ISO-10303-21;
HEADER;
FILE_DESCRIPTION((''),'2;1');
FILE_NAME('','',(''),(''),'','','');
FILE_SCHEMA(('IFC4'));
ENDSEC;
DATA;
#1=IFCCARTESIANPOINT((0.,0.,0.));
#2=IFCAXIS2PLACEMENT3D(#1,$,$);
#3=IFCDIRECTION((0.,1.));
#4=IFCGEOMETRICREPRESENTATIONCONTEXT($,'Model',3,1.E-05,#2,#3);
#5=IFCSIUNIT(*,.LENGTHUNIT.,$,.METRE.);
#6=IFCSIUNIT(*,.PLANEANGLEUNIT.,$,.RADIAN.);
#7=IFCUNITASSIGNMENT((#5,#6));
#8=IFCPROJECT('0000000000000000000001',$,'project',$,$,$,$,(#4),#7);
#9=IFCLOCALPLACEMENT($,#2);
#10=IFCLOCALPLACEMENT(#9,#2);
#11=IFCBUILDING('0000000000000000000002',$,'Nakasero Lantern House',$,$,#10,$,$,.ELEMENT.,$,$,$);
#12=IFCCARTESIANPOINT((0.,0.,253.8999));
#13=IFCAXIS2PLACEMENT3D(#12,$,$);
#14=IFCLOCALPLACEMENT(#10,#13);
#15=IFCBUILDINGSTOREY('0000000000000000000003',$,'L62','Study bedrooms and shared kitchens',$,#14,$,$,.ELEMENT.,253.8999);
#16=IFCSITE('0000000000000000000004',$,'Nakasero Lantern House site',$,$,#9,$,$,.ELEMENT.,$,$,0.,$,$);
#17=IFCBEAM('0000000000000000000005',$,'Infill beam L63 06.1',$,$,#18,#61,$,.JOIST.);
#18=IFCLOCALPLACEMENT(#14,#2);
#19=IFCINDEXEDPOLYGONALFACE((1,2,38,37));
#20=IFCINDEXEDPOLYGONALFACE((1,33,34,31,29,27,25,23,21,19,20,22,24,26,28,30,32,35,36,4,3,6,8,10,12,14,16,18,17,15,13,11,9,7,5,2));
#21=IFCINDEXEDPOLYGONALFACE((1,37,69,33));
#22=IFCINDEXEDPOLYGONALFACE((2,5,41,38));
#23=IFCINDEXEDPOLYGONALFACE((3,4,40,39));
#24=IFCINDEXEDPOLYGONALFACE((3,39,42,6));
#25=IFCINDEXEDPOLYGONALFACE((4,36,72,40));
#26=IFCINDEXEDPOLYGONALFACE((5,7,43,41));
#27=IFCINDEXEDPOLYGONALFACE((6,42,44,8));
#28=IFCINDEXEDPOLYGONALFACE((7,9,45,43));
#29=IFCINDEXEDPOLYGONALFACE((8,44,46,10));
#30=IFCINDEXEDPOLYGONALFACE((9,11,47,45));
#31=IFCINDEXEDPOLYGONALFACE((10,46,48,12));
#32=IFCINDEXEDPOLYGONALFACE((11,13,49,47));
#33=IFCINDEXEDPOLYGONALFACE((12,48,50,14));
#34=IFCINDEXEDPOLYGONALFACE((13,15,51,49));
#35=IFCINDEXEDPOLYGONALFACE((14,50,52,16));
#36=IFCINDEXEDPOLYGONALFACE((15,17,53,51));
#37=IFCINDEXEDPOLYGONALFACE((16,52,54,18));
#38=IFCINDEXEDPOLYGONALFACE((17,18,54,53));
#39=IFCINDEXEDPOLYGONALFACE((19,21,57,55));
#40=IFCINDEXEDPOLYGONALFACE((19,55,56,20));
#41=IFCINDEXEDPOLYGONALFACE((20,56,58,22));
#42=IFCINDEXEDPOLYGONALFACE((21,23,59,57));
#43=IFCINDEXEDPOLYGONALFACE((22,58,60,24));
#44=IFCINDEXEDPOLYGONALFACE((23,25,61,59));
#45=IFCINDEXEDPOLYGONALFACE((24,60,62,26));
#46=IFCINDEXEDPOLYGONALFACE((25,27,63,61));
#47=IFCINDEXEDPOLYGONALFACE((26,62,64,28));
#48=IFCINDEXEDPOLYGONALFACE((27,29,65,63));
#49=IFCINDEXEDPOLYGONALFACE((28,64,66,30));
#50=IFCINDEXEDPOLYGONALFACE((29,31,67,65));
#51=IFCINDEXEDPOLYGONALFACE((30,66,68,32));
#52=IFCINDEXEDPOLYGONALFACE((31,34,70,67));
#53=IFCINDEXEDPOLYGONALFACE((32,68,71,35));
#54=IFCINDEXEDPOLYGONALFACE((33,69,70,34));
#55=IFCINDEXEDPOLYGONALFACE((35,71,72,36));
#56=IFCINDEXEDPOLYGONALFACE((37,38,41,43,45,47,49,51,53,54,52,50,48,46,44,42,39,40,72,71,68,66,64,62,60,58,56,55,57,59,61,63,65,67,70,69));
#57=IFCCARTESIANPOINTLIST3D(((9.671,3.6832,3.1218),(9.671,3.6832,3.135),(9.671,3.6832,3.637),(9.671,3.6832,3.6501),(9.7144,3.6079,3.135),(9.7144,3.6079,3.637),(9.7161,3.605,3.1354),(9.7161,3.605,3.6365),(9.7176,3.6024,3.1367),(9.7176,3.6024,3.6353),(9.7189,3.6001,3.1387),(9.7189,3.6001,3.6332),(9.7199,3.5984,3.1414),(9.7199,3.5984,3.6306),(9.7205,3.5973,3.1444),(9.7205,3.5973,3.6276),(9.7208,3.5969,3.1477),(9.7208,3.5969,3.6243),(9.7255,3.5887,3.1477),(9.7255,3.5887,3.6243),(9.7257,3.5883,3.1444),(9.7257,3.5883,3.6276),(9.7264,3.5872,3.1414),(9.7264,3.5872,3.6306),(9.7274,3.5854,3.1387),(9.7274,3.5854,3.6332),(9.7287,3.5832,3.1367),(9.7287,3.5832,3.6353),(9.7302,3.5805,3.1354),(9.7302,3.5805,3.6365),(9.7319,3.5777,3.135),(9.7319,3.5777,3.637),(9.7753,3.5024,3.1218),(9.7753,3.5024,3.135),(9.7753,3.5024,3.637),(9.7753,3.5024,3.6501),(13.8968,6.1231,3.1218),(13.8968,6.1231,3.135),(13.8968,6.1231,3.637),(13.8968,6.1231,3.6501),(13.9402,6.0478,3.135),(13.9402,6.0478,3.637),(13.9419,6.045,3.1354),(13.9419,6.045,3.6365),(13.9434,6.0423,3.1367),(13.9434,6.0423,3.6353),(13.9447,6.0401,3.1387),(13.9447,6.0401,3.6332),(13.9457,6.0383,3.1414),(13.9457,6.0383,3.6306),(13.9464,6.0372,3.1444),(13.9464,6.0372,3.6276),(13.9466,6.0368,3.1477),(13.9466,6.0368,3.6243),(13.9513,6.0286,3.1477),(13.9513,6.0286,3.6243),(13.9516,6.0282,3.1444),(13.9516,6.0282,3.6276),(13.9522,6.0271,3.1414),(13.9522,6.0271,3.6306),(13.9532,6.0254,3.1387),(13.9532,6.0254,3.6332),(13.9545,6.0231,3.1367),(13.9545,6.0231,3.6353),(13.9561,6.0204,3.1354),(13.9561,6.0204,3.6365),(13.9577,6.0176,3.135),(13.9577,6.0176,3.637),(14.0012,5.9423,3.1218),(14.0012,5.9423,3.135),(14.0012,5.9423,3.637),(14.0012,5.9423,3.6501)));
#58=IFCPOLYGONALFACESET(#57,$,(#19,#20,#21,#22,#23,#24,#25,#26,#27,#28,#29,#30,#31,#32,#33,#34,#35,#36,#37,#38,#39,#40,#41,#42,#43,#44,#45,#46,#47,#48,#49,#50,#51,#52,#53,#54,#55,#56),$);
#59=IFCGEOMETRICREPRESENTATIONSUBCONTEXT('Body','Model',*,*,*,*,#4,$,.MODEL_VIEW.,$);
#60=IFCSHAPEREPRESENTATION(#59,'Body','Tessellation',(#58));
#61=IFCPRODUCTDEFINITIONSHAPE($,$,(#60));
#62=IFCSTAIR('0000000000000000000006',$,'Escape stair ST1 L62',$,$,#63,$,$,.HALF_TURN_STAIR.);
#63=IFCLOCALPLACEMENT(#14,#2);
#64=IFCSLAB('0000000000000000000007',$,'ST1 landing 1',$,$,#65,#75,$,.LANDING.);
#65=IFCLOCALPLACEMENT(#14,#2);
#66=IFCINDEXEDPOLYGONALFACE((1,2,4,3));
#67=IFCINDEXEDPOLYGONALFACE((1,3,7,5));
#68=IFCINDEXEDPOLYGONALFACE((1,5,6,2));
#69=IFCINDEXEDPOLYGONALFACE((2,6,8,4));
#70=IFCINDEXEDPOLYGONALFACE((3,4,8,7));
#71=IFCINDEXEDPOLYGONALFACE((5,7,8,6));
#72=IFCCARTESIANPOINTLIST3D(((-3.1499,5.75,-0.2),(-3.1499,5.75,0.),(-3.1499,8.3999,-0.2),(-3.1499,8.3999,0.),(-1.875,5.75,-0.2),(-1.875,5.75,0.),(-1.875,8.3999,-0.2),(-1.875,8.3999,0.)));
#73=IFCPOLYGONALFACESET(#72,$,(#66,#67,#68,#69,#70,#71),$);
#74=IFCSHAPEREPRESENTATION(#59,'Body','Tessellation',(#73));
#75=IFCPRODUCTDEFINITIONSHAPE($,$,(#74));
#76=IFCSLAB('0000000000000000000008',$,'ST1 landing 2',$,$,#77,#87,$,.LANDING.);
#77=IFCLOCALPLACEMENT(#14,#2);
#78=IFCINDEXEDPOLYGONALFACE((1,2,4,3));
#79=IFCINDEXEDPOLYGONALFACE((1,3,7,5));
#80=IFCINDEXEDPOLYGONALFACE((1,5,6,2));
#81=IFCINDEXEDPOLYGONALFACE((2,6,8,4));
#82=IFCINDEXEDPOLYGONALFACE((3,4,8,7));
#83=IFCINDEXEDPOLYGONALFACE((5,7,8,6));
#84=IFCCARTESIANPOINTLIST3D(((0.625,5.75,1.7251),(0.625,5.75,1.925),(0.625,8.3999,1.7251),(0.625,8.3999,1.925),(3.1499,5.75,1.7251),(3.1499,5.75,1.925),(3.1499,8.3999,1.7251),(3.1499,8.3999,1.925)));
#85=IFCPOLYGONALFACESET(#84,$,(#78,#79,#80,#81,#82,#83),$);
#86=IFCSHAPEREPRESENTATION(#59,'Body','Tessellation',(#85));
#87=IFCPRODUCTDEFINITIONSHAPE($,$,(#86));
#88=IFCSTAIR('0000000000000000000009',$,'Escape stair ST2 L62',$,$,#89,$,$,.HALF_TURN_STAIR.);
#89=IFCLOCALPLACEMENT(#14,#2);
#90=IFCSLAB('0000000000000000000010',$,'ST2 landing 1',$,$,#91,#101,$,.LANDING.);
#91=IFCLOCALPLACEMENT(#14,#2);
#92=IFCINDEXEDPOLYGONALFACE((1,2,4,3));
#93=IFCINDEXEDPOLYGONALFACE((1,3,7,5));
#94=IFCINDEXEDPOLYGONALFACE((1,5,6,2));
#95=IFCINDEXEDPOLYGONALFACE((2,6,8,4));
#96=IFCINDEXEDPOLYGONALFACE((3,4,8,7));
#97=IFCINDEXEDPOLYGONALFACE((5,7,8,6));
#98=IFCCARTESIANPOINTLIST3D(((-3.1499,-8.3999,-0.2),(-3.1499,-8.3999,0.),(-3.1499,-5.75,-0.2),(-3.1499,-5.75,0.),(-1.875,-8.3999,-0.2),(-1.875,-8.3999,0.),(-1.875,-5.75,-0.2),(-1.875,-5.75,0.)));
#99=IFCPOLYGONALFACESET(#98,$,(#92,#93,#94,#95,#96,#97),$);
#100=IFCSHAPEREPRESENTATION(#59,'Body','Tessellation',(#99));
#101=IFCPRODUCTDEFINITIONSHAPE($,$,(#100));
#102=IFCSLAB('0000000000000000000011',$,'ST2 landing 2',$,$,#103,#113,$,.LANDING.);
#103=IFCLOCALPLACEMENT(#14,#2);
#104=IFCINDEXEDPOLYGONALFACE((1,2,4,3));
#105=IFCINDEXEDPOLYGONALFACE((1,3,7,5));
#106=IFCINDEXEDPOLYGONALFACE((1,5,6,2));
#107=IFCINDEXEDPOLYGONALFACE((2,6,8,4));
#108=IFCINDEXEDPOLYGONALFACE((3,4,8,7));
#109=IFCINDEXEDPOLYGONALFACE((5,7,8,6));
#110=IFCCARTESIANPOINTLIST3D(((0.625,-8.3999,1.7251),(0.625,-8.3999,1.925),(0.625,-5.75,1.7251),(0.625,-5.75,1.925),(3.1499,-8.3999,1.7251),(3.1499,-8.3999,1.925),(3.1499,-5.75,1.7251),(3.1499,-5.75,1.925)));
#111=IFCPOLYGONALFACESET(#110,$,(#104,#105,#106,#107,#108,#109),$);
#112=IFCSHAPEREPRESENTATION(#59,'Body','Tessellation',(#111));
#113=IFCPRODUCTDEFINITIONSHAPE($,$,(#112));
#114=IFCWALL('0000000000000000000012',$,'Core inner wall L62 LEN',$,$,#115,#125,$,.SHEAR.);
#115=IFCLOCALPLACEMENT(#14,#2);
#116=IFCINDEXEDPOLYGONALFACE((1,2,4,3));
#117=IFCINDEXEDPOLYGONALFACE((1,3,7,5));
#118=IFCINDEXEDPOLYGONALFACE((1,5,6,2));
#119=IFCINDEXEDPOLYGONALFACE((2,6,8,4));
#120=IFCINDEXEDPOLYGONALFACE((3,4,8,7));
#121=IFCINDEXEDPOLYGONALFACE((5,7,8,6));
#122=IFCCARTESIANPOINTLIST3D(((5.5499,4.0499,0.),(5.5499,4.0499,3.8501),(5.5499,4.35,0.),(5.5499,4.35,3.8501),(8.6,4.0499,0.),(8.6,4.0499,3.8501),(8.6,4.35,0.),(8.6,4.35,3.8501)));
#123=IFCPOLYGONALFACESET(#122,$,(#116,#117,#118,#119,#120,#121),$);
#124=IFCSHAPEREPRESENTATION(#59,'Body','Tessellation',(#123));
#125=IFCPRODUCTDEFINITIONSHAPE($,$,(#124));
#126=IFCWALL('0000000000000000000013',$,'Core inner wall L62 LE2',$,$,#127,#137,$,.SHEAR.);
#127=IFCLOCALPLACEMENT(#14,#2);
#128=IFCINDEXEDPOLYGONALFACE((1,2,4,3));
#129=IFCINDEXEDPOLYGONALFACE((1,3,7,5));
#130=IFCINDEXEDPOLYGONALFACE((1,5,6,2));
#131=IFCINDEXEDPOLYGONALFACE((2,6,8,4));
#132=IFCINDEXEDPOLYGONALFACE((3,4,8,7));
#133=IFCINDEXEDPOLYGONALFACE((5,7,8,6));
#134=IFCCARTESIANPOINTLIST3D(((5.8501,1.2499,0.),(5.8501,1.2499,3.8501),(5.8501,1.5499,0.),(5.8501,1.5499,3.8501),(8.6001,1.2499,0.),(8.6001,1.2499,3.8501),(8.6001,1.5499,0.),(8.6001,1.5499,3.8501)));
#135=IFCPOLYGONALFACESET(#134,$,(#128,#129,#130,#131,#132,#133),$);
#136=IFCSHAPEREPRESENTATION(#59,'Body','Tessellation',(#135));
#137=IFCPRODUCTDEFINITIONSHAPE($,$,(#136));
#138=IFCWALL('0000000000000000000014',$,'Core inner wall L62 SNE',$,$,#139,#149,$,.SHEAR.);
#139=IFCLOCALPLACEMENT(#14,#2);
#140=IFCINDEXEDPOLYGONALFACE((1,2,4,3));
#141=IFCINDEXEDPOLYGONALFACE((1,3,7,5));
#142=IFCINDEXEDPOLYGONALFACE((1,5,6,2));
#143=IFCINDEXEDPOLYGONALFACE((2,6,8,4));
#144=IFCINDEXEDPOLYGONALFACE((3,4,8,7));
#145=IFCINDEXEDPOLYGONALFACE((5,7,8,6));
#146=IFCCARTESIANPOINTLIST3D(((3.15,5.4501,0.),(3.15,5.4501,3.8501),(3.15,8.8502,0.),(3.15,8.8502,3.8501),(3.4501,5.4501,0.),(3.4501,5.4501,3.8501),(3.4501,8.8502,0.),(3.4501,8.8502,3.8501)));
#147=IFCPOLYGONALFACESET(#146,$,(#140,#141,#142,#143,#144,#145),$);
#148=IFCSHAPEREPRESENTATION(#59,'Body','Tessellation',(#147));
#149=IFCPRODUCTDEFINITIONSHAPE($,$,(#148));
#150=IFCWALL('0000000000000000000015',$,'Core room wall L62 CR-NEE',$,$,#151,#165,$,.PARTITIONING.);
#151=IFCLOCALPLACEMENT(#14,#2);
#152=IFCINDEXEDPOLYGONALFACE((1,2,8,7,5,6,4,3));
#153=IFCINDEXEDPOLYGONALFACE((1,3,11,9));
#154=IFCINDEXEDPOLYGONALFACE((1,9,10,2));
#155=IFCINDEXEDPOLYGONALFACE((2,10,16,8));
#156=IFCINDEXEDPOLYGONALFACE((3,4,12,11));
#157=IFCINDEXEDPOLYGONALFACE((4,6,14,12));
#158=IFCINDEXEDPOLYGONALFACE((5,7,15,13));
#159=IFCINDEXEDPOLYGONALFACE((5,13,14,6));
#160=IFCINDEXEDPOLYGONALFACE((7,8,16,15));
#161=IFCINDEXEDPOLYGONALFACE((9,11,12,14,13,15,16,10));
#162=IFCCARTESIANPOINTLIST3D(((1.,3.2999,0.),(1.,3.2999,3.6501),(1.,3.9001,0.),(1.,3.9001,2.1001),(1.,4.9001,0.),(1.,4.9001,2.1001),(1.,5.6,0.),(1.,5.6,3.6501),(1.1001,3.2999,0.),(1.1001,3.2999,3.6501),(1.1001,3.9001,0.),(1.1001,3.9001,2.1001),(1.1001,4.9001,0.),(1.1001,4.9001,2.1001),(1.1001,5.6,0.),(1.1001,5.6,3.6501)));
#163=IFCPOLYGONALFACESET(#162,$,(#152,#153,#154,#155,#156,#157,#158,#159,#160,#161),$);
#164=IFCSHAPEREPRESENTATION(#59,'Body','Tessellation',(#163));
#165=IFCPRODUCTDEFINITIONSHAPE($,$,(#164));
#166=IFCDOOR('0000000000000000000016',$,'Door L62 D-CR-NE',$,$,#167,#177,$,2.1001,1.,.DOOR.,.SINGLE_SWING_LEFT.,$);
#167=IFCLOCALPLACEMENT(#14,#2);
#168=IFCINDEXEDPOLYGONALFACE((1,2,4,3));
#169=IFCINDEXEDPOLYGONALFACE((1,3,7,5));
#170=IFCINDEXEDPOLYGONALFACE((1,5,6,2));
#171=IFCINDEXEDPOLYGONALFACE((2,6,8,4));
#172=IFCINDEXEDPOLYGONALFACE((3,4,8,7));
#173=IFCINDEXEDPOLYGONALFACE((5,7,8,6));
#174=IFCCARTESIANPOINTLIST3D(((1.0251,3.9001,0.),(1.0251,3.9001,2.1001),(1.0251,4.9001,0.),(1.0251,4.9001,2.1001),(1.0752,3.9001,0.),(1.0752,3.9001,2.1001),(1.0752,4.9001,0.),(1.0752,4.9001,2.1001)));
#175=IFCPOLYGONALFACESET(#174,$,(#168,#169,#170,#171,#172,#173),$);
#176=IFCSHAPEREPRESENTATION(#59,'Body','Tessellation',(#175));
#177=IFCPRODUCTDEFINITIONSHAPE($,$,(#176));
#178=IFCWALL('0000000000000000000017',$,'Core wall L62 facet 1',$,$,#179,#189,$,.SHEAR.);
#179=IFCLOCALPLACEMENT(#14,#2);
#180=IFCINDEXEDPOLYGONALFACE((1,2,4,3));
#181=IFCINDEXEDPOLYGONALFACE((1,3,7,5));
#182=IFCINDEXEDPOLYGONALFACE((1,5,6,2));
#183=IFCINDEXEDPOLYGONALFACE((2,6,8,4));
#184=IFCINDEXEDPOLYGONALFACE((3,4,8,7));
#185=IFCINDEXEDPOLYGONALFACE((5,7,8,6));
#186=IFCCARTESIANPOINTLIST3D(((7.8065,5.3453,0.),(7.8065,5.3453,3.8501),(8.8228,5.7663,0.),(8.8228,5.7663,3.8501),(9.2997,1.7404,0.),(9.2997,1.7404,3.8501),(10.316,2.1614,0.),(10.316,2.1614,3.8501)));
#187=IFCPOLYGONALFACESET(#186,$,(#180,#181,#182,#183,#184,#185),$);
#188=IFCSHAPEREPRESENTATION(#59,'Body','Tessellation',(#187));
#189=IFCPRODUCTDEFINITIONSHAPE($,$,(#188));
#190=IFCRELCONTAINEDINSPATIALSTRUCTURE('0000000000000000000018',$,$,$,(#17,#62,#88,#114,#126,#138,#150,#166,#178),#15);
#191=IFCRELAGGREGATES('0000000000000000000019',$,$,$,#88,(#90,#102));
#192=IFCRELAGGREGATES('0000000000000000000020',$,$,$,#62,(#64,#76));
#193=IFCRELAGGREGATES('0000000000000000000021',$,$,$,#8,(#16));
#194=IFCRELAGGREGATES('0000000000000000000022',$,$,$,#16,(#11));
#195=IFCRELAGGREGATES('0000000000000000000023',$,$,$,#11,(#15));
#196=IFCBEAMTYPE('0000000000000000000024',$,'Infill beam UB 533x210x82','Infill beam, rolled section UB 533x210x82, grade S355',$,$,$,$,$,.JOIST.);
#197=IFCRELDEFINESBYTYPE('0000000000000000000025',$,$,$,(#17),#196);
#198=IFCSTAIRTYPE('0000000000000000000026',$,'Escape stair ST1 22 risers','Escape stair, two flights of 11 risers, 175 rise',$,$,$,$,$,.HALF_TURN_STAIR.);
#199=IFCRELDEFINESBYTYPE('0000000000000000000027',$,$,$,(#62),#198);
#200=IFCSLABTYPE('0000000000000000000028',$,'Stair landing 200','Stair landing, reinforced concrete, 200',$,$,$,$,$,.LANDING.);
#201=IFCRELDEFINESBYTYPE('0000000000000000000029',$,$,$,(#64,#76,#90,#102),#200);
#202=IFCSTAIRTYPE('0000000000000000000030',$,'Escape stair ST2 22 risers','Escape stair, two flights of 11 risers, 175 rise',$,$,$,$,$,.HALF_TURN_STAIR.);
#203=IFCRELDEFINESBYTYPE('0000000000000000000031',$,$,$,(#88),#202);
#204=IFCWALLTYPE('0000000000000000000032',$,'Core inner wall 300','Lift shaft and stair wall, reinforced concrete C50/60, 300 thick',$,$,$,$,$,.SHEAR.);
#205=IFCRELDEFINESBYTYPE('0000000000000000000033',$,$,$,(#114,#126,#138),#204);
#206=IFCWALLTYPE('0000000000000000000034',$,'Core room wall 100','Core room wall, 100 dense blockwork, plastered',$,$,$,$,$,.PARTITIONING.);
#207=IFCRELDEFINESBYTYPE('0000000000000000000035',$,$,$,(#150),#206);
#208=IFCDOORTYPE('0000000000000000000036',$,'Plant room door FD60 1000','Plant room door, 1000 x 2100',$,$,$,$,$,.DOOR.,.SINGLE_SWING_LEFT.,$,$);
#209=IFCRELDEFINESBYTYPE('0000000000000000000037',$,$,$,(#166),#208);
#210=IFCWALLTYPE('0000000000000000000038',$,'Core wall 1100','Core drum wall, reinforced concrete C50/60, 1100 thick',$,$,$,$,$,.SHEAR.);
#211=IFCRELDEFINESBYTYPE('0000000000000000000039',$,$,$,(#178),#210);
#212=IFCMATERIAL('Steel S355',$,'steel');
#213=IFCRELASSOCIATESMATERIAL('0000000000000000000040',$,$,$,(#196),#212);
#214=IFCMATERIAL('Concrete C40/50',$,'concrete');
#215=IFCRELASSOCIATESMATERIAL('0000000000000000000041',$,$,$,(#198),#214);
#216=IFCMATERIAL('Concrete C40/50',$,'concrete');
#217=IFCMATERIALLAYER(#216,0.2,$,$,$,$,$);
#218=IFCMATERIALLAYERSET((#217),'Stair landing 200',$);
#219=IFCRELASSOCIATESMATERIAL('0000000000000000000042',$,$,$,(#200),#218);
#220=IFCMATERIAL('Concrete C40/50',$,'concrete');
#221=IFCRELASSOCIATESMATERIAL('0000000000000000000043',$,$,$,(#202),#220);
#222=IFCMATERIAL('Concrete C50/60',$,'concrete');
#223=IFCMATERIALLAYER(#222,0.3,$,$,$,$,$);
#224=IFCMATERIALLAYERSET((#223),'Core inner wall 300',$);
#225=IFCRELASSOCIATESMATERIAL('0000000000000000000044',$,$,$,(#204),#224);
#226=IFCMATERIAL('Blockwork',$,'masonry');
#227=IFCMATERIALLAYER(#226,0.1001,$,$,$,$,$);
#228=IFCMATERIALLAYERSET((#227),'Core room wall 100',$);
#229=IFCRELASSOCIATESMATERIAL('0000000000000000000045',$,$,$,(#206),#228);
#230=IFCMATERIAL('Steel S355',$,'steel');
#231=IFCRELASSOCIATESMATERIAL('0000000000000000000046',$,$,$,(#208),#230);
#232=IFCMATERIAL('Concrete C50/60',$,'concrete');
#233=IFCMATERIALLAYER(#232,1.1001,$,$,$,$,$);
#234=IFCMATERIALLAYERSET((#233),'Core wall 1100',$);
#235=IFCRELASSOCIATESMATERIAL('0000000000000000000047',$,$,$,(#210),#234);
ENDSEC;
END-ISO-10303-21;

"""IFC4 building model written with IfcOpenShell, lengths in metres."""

from ifc_helpers import new_model, si_unit, direction, frame, frame_2d, origin, origin_2d, place, context, subcontext, project, spatial, polyline, rectangle, i_section, outline, extrude, material, layer, layer_set, material_profile, profile_set, type_object, element, fill, aggregate, save


model = new_model("IFC4")

# Units and contexts
model_context = context("Model", 3, precision=1e-05, world=origin(), true_north=direction((0.0, 1.0)))
body_context = subcontext(model_context, "Body", "Model", "MODEL_VIEW")
ifc_project = project(units=[si_unit("LENGTHUNIT", "METRE"), si_unit("PLANEANGLEUNIT", "RADIAN")], contexts=[model_context])

# Site, building, storey
site_placement = place(None, origin())
site = spatial("IfcSite", under=ifc_project, at=site_placement, Name="Nakasero Lantern House site", CompositionType="ELEMENT", RefElevation=0.0)
building_placement = place(site_placement, origin())
building = spatial("IfcBuilding", under=site, at=building_placement, Name="Nakasero Lantern House", CompositionType="ELEMENT")
storey_placement = place(building_placement, frame((0.0, 0.0, 253.8999)))
storey = spatial("IfcBuildingStorey", under=building, at=storey_placement, Name="L62", Description="Study bedrooms and shared kitchens", CompositionType="ELEMENT", Elevation=253.8999)

# Beam
ifc_material_1 = material(Name="Steel S355", Category="steel")
ifc_material_profile = material_profile(ifc_material_1, i_section(OverallWidth=0.2087, OverallDepth=0.5283, WebThickness=0.0095, FlangeThickness=0.0132, FilletRadius=0.0127, at=origin_2d()), Name="UB 533x210x82")
ifc_profile_set = profile_set([ifc_material_profile], Name="Steel S355")
beam_type = type_object("IfcBeamType", Name="Infill beam UB 533x210x82", Description="Infill beam, rolled section UB 533x210x82, grade S355", PredefinedType="JOIST", material=ifc_profile_set)
beam_placement = place(storey_placement, frame((9.7231, 3.5928, 3.386), z_axis=(0.866011, 0.500024, 0.0), x_axis=(-0.500024, 0.866011, 0.0)))
element("IfcBeam", 1, at=beam_placement, inside=storey, type_object=beam_type, Name="Infill beam L63 06.1", PredefinedType="JOIST", context=body_context, shape_type="SweptSolid", body=[
    extrude(i_section(OverallWidth=0.2087, OverallDepth=0.5283, WebThickness=0.0095, FlangeThickness=0.0132, FilletRadius=0.0127, at=origin_2d()), origin(), (0.0, 0.0, 1.0), 4.8796),
])

# Stairs, slabs
ifc_material_2 = material(Name="Concrete C40/50", Category="concrete")
stair_type_1 = type_object("IfcStairType", Name="Escape stair ST1 22 risers", Description="Escape stair, two flights of 11 risers, 175 rise", PredefinedType="HALF_TURN_STAIR", material=ifc_material_2)
stair_1_placement = place(storey_placement, origin())
stair_1 = element("IfcStair", 2, at=stair_1_placement, inside=storey, type_object=stair_type_1, Name="Escape stair ST1 L62", PredefinedType="HALF_TURN_STAIR")
ifc_material_3 = material(Name="Concrete C40/50", Category="concrete")
ifc_layer_1 = layer(ifc_material_3, 0.2)
ifc_layer_set_1 = layer_set([ifc_layer_1], Name="Stair landing 200")
slab_type = type_object("IfcSlabType", Name="Stair landing 200", Description="Stair landing, reinforced concrete, 200", PredefinedType="LANDING", material=ifc_layer_set_1)
slab_1_placement = place(storey_placement, frame((0.0, 0.0, -0.2)))
slab_1 = element("IfcSlab", 3, at=slab_1_placement, type_object=slab_type, Name="ST1 landing 1", PredefinedType="LANDING", context=body_context, shape_type="SweptSolid", body=[
    extrude(outline(polyline([(-3.1499, 5.75), (-1.875, 5.75), (-1.875, 8.3999), (-3.1499, 8.3999), (-3.1499, 5.75)])), origin(), (0.0, 0.0, 1.0), 0.2),
])
slab_2_placement = place(storey_placement, frame((0.0, 0.0, 1.7251)))
slab_2 = element("IfcSlab", 4, at=slab_2_placement, type_object=slab_type, Name="ST1 landing 2", PredefinedType="LANDING", context=body_context, shape_type="SweptSolid", body=[
    extrude(outline(polyline([(0.625, 5.75), (3.1499, 5.75), (3.1499, 8.3999), (0.625, 8.3999), (0.625, 5.75)])), origin(), (0.0, 0.0, 1.0), 0.2),
])
ifc_material_4 = material(Name="Concrete C40/50", Category="concrete")
stair_type_2 = type_object("IfcStairType", Name="Escape stair ST2 22 risers", Description="Escape stair, two flights of 11 risers, 175 rise", PredefinedType="HALF_TURN_STAIR", material=ifc_material_4)
stair_2_placement = place(storey_placement, origin())
stair_2 = element("IfcStair", 5, at=stair_2_placement, inside=storey, type_object=stair_type_2, Name="Escape stair ST2 L62", PredefinedType="HALF_TURN_STAIR")
slab_3_placement = place(storey_placement, frame((0.0, 0.0, -0.2)))
slab_3 = element("IfcSlab", 6, at=slab_3_placement, type_object=slab_type, Name="ST2 landing 1", PredefinedType="LANDING", context=body_context, shape_type="SweptSolid", body=[
    extrude(outline(polyline([(-3.1499, -8.3999), (-1.875, -8.3999), (-1.875, -5.75), (-3.1499, -5.75), (-3.1499, -8.3999)])), origin(), (0.0, 0.0, 1.0), 0.2),
])
slab_4_placement = place(storey_placement, frame((0.0, 0.0, 1.7251)))
slab_4 = element("IfcSlab", 7, at=slab_4_placement, type_object=slab_type, Name="ST2 landing 2", PredefinedType="LANDING", context=body_context, shape_type="SweptSolid", body=[
    extrude(outline(polyline([(0.625, -8.3999), (3.1499, -8.3999), (3.1499, -5.75), (0.625, -5.75), (0.625, -8.3999)])), origin(), (0.0, 0.0, 1.0), 0.2),
])
aggregate(stair_2, [slab_3, slab_4])

# Walls
ifc_material_5 = material(Name="Concrete C50/60", Category="concrete")
ifc_layer_2 = layer(ifc_material_5, 0.3)
ifc_layer_set_2 = layer_set([ifc_layer_2], Name="Core inner wall 300")
wall_type_1 = type_object("IfcWallType", Name="Core inner wall 300", Description="Lift shaft and stair wall, reinforced concrete C50/60, 300 thick", PredefinedType="SHEAR", material=ifc_layer_set_2)
wall_1_placement = place(storey_placement, frame((5.55, 4.2, 0.0), z_axis=(0.0, 0.0, 1.0), x_axis=(1.0, 0.0, 0.0)))
element("IfcWall", 8, at=wall_1_placement, inside=storey, type_object=wall_type_1, Name="Core inner wall L62 LEN", PredefinedType="SHEAR", context=body_context, shape_type="SweptSolid", body=[
    extrude(rectangle(XDim=3.05, YDim=0.3, at=frame_2d((1.5249, 0.0))), origin(), (0.0, 0.0, 1.0), 3.8501),
])
wall_2_placement = place(storey_placement, frame((5.8501, 1.3999, 0.0), z_axis=(0.0, 0.0, 1.0), x_axis=(1.0, 0.0, 0.0)))
element("IfcWall", 9, at=wall_2_placement, inside=storey, type_object=wall_type_1, Name="Core inner wall L62 LE2", PredefinedType="SHEAR", context=body_context, shape_type="SweptSolid", body=[
    extrude(rectangle(XDim=2.75, YDim=0.3, at=frame_2d((1.375, 0.0))), origin(), (0.0, 0.0, 1.0), 3.8501),
])
wall_3_placement = place(storey_placement, frame((3.3, 5.45, 0.0), z_axis=(0.0, 0.0, 1.0), x_axis=(0.0, 1.0, 0.0)))
element("IfcWall", 10, at=wall_3_placement, inside=storey, type_object=wall_type_1, Name="Core inner wall L62 SNE", PredefinedType="SHEAR", context=body_context, shape_type="SweptSolid", body=[
    extrude(rectangle(XDim=3.4001, YDim=0.3, at=frame_2d((1.7002, 0.0))), origin(), (0.0, 0.0, 1.0), 3.8501),
])

# Wall, opening, door
ifc_material_6 = material(Name="Blockwork", Category="masonry")
ifc_layer_3 = layer(ifc_material_6, 0.1001)
ifc_layer_set_3 = layer_set([ifc_layer_3], Name="Core room wall 100")
wall_type_2 = type_object("IfcWallType", Name="Core room wall 100", Description="Core room wall, 100 dense blockwork, plastered", PredefinedType="PARTITIONING", material=ifc_layer_set_3)
wall_4_placement = place(storey_placement, frame((1.05, 3.3, 0.0), z_axis=(0.0, 0.0, 1.0), x_axis=(0.0, 1.0, 0.0)))
wall_4 = element("IfcWall", 11, at=wall_4_placement, inside=storey, type_object=wall_type_2, Name="Core room wall L62 CR-NEE", PredefinedType="PARTITIONING", context=body_context, shape_type="SweptSolid", body=[
    extrude(rectangle(XDim=2.3, YDim=0.1001, at=frame_2d((1.1499, 0.0))), origin(), (0.0, 0.0, 1.0), 3.6501),
])
opening_1_placement = place(wall_4_placement, frame((0.6001, 0.0, 0.0)))
opening_1 = element("IfcOpeningElement", 12, at=opening_1_placement, cuts=wall_4, PredefinedType="OPENING", context=body_context, shape_type="SweptSolid", body=[
    extrude(rectangle(XDim=1.0, YDim=2.1001, at=frame_2d((0.5, 1.05))), frame((0.0, 0.0701, 0.0), z_axis=(0.0, -1.0, 0.0), x_axis=(1.0, 0.0, 0.0)), (0.0, 0.0, 1.0), 0.1401),
])
ifc_material_7 = material(Name="Steel S355", Category="steel")
door_type_1 = type_object("IfcDoorType", Name="Plant room door FD60 1000", Description="Plant room door, 1000 x 2100", OperationType="SINGLE_SWING_LEFT", PredefinedType="DOOR", material=ifc_material_7)
door_1_placement = place(opening_1_placement, origin())
door_1 = element("IfcDoor", 13, at=door_1_placement, inside=storey, type_object=door_type_1, Name="Door L62 D-CR-NE", OperationType="SINGLE_SWING_LEFT", OverallHeight=2.1001, OverallWidth=1.0, PredefinedType="DOOR", context=body_context, shape_type="SweptSolid", body=[
    extrude(rectangle(XDim=1.0, YDim=2.1001, at=frame_2d((0.5, 1.05))), frame((0.0, 0.0249, 0.0), z_axis=(0.0, -1.0, 0.0), x_axis=(1.0, 0.0, 0.0)), (0.0, 0.0, 1.0), 0.05),
])
fill(opening_1, door_1)

# Wall
ifc_material_8 = material(Name="Concrete C50/60", Category="concrete")
ifc_layer_4 = layer(ifc_material_8, 1.1001)
ifc_layer_set_4 = layer_set([ifc_layer_4], Name="Core wall 1100")
wall_type_3 = type_object("IfcWallType", Name="Core wall 1100", Description="Core drum wall, reinforced concrete C50/60, 1100 thick", PredefinedType="SHEAR", material=ifc_layer_set_4)
wall_5_placement = place(storey_placement, frame((9.8079, 1.9509, 0.0), z_axis=(0.0, 0.0, 1.0), x_axis=(-0.382691, 0.923877, 0.0)))
element("IfcWall", 14, at=wall_5_placement, inside=storey, type_object=wall_type_3, Name="Core wall L62 facet 1", PredefinedType="SHEAR", context=body_context, shape_type="SweptSolid", body=[
    extrude(rectangle(XDim=3.9019, YDim=1.1001, at=frame_2d((1.9509, 0.0))), origin(), (0.0, 0.0, 1.0), 3.8501),
])

aggregate(stair_1, [slab_1, slab_2])

save(model, "model.ifc")
